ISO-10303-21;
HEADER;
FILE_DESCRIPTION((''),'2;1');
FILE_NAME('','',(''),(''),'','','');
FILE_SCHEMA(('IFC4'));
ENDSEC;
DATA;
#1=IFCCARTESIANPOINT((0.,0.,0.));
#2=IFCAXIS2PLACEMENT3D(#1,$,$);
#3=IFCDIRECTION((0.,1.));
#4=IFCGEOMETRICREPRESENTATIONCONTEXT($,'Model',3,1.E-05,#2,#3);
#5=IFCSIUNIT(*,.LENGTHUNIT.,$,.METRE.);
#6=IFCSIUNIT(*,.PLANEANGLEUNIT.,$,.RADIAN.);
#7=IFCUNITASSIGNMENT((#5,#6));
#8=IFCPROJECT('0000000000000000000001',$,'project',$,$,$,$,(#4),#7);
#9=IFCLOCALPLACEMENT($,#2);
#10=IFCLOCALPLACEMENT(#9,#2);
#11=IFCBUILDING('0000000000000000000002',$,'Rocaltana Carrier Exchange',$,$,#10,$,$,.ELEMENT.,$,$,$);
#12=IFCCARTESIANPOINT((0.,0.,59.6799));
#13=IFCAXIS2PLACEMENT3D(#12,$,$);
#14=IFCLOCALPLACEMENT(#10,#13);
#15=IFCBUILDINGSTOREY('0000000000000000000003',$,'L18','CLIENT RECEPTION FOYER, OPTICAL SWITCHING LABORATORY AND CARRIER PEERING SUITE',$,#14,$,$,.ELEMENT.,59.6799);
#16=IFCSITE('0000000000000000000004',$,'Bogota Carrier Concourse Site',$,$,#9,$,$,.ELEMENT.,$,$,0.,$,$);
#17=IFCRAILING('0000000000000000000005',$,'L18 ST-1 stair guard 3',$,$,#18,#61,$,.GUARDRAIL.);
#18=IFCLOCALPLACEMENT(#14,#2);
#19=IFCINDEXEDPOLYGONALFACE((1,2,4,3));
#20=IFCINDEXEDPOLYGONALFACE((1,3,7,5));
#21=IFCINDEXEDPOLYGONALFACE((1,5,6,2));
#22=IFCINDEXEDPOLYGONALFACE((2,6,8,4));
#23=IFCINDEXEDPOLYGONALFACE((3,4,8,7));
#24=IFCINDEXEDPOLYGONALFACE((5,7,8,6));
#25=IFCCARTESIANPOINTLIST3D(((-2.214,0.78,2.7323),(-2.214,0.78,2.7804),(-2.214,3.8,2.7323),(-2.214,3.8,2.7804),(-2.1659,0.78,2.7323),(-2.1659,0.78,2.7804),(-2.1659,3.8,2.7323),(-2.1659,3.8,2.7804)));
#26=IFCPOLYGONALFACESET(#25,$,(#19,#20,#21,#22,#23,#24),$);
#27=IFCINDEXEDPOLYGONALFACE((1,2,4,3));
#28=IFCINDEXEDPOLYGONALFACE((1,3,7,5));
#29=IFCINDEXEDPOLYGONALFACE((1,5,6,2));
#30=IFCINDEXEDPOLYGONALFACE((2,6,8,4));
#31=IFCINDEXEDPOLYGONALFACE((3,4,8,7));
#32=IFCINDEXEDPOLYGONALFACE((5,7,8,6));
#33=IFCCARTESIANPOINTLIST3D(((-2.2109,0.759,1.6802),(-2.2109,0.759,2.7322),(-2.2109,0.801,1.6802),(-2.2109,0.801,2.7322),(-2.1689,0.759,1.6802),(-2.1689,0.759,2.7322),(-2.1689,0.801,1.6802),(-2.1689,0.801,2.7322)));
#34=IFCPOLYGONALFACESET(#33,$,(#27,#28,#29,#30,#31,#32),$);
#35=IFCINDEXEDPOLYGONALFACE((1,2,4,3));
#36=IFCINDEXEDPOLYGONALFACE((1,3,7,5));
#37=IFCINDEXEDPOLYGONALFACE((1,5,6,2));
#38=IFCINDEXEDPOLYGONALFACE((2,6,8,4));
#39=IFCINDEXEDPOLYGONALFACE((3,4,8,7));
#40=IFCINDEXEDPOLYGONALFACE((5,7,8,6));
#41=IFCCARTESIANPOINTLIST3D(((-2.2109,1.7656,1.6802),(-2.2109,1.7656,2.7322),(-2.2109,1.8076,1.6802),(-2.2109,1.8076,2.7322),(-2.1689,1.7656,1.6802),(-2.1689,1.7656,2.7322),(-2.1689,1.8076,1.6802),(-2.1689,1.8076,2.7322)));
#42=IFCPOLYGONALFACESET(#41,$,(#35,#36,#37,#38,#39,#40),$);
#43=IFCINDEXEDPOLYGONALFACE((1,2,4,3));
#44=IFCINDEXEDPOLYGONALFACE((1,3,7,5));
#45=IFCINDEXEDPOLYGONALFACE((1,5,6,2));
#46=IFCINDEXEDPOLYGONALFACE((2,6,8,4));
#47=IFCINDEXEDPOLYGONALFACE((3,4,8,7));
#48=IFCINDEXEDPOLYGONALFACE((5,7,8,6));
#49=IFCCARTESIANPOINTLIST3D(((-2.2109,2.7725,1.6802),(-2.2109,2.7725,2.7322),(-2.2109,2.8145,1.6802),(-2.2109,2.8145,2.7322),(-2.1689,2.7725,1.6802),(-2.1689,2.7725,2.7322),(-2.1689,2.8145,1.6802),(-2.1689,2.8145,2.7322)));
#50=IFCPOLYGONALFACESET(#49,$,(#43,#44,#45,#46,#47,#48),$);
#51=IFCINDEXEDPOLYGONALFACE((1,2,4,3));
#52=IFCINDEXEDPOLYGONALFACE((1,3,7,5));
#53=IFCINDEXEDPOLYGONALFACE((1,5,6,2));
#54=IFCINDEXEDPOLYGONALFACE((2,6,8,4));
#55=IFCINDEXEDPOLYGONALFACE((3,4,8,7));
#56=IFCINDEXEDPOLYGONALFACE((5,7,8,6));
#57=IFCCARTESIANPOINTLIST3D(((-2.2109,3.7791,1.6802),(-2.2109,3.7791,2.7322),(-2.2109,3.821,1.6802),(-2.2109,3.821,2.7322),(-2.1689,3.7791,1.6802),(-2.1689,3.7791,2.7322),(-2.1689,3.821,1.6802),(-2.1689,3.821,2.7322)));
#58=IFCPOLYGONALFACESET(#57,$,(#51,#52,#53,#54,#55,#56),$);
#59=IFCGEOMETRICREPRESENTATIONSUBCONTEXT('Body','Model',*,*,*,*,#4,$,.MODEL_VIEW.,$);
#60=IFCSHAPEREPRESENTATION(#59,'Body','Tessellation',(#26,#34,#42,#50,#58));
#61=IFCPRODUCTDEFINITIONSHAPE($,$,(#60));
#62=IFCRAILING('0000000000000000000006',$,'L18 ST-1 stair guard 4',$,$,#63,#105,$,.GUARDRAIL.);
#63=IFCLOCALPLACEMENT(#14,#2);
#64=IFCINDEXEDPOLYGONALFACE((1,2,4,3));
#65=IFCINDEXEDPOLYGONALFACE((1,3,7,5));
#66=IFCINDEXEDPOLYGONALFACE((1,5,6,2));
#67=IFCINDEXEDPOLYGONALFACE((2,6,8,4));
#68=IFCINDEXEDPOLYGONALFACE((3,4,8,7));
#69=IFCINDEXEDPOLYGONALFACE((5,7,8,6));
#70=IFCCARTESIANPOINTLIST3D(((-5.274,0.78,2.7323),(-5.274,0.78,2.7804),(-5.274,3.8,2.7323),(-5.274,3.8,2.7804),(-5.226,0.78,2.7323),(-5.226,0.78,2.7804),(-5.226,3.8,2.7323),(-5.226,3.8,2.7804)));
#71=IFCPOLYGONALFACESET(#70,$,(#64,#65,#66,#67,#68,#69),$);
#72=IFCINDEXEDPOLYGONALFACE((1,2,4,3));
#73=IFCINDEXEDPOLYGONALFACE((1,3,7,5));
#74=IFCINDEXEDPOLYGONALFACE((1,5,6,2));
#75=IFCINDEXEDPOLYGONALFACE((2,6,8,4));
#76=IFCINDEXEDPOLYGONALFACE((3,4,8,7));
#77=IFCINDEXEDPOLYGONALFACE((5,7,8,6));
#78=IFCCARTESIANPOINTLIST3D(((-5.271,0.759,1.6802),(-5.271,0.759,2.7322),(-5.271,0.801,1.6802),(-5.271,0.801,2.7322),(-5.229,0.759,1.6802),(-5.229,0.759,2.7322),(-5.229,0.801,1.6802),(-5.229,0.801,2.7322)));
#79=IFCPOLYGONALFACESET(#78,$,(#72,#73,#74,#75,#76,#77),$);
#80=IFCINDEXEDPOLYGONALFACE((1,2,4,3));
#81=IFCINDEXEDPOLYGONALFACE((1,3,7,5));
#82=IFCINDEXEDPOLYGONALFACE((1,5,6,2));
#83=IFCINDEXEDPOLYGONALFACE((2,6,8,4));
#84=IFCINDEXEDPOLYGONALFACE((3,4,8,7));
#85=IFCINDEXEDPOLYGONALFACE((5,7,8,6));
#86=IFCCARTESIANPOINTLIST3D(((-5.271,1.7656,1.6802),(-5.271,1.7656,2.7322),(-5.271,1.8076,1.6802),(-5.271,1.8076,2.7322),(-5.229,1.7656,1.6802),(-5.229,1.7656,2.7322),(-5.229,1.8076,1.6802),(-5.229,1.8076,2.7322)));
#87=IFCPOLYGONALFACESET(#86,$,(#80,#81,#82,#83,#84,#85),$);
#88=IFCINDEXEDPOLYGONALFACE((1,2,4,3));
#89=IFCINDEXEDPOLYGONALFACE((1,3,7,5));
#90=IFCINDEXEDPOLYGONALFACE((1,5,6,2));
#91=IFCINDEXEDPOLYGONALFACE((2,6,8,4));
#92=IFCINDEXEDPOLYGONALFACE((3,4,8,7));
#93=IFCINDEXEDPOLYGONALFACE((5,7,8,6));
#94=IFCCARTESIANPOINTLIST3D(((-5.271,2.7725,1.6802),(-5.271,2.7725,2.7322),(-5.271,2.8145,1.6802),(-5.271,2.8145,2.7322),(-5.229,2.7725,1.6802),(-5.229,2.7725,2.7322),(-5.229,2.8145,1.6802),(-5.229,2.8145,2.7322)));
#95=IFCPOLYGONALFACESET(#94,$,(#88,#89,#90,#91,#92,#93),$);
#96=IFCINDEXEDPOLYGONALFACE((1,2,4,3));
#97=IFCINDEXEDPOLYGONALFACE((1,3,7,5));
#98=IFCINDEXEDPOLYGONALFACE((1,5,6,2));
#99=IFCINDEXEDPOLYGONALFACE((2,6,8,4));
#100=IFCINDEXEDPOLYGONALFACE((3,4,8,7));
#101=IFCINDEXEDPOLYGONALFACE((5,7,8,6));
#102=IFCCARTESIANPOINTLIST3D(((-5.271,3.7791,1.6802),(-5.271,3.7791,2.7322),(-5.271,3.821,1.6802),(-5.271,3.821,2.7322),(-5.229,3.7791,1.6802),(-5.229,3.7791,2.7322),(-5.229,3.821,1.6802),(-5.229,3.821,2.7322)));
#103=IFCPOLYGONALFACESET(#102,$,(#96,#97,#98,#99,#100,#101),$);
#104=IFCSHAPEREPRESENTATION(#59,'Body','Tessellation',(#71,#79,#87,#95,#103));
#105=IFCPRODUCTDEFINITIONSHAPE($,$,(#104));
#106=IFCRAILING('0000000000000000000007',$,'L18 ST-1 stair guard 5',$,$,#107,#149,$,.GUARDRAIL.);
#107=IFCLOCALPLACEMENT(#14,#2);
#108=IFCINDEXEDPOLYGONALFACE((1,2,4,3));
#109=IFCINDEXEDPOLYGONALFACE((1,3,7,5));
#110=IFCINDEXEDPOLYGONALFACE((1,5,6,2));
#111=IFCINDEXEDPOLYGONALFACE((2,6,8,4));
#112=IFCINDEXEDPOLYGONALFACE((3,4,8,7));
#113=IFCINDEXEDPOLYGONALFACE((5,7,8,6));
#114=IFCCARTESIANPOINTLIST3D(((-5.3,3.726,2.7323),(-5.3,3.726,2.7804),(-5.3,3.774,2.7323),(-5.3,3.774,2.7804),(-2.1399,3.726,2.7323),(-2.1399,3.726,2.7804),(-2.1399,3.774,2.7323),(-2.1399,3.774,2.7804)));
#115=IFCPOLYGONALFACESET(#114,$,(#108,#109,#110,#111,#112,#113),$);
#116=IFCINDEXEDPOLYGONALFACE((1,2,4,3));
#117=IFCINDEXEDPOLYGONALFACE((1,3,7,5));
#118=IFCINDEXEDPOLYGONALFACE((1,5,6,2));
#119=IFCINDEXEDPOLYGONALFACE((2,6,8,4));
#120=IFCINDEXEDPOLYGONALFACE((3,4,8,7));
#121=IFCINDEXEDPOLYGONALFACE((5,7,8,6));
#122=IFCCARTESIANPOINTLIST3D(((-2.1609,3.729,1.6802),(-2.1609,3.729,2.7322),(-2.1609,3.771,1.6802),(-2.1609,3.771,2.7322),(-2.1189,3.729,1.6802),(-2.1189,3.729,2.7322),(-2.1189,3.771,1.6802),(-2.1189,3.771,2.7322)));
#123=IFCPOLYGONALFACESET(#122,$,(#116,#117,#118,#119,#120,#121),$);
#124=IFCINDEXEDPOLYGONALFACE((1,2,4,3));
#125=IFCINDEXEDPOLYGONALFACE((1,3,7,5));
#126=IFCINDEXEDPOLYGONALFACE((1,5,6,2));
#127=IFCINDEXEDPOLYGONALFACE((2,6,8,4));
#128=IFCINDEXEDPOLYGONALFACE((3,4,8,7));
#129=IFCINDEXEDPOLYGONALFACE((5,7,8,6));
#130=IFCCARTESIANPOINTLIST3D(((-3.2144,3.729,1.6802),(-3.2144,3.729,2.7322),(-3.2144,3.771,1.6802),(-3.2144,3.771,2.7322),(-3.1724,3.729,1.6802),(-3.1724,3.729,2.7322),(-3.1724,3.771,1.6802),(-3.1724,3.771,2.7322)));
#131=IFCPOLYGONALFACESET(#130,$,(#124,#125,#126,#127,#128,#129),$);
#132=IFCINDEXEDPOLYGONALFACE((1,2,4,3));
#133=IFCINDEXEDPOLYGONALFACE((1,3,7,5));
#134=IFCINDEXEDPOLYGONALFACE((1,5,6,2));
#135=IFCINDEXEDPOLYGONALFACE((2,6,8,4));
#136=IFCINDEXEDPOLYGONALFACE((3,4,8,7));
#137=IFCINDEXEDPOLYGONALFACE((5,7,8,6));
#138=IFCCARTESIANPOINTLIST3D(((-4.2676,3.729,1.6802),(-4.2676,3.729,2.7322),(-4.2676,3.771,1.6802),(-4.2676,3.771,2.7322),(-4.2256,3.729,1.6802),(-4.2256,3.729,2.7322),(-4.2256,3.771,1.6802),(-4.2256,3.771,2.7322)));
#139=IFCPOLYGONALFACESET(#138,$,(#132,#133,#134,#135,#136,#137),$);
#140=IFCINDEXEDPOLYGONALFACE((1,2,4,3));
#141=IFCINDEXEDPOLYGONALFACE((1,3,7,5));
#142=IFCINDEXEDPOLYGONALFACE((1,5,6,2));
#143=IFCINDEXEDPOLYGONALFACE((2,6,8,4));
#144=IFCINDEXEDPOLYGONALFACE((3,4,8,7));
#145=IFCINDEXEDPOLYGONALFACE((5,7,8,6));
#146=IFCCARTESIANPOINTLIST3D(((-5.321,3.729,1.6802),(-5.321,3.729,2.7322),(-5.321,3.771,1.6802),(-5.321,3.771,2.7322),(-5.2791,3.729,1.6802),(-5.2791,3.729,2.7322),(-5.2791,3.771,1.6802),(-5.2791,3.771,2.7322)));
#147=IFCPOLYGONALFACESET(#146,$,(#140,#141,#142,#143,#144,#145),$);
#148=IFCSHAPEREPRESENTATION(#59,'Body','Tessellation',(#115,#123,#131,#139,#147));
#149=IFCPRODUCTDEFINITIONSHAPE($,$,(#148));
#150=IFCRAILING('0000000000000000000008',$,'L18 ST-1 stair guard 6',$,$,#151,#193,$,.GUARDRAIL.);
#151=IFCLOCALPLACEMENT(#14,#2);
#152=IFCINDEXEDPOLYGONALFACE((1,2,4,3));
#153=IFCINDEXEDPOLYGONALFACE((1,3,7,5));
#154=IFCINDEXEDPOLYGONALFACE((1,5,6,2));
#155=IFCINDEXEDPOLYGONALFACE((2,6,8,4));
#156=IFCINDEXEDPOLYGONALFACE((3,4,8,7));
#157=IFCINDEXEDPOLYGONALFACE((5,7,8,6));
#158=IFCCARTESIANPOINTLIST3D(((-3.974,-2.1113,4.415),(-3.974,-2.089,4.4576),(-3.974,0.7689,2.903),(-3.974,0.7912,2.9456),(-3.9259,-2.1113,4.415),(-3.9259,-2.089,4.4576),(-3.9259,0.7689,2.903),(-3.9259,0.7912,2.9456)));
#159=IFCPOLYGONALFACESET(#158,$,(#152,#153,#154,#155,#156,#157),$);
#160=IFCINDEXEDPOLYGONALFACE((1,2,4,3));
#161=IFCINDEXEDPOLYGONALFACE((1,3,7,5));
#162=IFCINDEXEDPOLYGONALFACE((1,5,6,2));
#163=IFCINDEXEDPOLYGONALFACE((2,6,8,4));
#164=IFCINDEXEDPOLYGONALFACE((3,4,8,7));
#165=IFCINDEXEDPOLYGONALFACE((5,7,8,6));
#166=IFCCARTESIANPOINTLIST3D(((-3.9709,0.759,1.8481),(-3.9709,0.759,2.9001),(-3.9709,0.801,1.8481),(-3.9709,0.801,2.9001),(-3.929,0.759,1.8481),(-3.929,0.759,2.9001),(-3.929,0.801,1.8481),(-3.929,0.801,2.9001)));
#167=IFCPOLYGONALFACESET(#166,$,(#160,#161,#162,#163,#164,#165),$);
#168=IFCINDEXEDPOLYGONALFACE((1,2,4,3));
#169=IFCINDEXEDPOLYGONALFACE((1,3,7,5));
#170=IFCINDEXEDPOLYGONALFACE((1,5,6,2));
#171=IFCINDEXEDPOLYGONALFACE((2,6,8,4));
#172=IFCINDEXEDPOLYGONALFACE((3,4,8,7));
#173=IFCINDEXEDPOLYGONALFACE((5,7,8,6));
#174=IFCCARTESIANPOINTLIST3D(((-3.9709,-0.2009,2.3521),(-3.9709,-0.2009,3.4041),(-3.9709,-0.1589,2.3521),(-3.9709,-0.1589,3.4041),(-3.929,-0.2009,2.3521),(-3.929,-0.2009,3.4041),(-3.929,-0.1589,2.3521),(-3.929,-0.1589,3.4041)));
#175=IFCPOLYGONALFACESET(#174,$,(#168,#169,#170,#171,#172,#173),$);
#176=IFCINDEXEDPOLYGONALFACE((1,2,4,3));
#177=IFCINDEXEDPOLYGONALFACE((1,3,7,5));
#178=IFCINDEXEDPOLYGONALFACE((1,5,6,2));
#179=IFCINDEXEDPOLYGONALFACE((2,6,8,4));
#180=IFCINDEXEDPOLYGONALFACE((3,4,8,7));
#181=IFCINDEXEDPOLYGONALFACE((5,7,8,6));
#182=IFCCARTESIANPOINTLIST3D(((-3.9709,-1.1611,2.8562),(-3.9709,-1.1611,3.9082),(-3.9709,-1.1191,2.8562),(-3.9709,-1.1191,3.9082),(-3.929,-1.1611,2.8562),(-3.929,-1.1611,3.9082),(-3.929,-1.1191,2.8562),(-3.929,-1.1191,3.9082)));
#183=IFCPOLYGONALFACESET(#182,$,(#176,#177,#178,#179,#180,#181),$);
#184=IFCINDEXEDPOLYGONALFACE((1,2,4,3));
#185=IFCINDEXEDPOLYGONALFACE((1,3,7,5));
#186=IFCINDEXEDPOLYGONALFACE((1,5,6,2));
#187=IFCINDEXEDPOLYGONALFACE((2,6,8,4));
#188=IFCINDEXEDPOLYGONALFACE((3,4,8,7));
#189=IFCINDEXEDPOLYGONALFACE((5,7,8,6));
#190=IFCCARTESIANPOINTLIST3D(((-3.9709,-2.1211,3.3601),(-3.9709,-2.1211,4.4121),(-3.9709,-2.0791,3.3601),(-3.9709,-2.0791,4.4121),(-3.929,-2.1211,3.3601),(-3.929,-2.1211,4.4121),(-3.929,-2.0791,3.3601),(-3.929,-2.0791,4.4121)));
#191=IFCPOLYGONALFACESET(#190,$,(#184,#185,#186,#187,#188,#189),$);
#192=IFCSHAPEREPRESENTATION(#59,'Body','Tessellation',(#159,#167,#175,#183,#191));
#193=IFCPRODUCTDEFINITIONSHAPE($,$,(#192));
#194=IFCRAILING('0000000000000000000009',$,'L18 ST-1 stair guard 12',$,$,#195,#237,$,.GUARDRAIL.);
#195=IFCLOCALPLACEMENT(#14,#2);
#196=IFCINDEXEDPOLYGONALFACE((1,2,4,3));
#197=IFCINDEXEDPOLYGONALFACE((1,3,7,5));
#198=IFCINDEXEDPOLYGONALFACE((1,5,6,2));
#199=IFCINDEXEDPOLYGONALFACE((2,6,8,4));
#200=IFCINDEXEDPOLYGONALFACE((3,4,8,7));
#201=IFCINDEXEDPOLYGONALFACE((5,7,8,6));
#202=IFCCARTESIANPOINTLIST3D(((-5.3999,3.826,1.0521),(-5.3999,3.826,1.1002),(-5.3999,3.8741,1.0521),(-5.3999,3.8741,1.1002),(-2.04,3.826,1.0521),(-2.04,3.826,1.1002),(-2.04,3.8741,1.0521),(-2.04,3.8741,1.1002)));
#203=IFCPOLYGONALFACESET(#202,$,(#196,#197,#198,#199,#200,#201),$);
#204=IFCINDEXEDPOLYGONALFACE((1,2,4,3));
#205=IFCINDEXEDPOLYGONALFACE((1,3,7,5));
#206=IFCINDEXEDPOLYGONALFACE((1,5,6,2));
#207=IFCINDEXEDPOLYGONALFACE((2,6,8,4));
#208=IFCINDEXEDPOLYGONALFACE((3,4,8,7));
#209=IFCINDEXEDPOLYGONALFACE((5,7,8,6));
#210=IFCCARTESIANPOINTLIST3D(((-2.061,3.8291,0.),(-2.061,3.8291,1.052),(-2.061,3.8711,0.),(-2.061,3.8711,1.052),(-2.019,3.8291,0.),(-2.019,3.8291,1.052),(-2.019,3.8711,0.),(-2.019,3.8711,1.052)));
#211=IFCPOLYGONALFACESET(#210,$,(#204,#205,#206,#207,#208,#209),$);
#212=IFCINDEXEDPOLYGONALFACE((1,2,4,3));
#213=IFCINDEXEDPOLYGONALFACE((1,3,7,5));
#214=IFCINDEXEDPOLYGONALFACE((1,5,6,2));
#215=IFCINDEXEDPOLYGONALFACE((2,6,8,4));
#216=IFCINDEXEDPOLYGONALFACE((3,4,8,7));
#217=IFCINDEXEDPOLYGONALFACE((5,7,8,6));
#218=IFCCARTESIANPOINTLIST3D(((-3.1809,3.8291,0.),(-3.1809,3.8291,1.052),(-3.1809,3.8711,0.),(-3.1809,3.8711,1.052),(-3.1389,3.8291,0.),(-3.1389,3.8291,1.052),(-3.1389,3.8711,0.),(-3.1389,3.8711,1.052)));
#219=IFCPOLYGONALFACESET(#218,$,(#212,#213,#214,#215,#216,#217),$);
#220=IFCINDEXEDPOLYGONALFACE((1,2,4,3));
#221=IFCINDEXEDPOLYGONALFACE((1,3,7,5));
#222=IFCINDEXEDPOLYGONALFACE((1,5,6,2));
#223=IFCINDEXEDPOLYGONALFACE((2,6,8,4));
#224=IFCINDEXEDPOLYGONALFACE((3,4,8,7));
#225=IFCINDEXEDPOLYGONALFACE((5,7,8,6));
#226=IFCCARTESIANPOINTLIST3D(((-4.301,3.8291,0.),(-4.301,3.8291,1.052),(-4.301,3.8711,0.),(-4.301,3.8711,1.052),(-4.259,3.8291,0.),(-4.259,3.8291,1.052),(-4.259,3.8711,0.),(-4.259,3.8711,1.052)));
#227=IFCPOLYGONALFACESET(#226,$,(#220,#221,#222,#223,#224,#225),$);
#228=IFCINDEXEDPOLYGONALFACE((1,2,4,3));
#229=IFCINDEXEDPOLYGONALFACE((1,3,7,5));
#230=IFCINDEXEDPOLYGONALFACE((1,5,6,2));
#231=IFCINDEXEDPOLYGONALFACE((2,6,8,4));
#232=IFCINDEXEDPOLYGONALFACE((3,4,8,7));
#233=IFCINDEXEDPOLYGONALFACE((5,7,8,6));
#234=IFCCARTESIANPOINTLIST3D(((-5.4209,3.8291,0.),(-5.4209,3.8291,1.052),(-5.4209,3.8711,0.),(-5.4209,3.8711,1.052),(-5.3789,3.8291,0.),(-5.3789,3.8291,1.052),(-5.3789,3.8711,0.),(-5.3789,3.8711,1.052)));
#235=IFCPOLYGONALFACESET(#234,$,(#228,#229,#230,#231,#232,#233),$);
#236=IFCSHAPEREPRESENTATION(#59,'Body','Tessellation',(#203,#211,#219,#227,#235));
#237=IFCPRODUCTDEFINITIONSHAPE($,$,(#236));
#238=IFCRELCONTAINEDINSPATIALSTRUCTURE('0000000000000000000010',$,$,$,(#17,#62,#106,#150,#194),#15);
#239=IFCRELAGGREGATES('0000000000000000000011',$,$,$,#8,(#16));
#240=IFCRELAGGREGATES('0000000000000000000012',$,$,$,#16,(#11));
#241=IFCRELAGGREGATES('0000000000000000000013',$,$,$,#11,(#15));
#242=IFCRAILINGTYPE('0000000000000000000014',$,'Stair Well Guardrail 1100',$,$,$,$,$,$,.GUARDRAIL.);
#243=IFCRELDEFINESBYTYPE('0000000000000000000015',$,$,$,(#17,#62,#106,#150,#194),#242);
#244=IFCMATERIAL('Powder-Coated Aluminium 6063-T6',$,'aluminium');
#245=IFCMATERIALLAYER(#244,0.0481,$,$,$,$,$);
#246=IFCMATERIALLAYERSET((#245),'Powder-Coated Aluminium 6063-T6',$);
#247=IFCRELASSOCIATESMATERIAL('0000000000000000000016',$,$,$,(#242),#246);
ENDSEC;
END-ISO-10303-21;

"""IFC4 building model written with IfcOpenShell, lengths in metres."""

from ifc_helpers import new_model, si_unit, direction, frame, origin, origin_2d, place, context, subcontext, project, spatial, rectangle, extrude, material, layer, layer_set, type_object, element, save


model = new_model("IFC4")

# Units and contexts
model_context = context("Model", 3, precision=1e-05, world=origin(), true_north=direction((0.0, 1.0)))
body_context = subcontext(model_context, "Body", "Model", "MODEL_VIEW")
ifc_project = project(units=[si_unit("LENGTHUNIT", "METRE"), si_unit("PLANEANGLEUNIT", "RADIAN")], contexts=[model_context])

# Site, building, storey
site_placement = place(None, origin())
site = spatial("IfcSite", under=ifc_project, at=site_placement, Name="Bogota Carrier Concourse Site", CompositionType="ELEMENT", RefElevation=0.0)
building_placement = place(site_placement, origin())
building = spatial("IfcBuilding", under=site, at=building_placement, Name="Rocaltana Carrier Exchange", CompositionType="ELEMENT")
storey_placement = place(building_placement, frame((0.0, 0.0, 59.6799)))
storey = spatial("IfcBuildingStorey", under=building, at=storey_placement, Name="L18", Description="CLIENT RECEPTION FOYER, OPTICAL SWITCHING LABORATORY AND CARRIER PEERING SUITE", CompositionType="ELEMENT", Elevation=59.6799)

# Railings
ifc_material_1 = material(Name="Powder-Coated Aluminium 6063-T6", Category="aluminium")
ifc_layer_1 = layer(ifc_material_1, 0.0481)
ifc_layer_set_1 = layer_set([ifc_layer_1], Name="Powder-Coated Aluminium 6063-T6")
railing_type_1 = type_object("IfcRailingType", Name="Stair Well Guardrail 1100", PredefinedType="GUARDRAIL", material=ifc_layer_set_1)
for number, where, name in (
    (1, (-2.1899, 0.78, 1.6802), "L18 ST-1 stair guard 3"),
    (2, (-5.25, 0.78, 1.6802), "L18 ST-1 stair guard 4"),
):
    element("IfcRailing", number, at=place(storey_placement, frame(where)), inside=storey, type_object=railing_type_1, Name=name, PredefinedType="GUARDRAIL", context=body_context, shape_type="SweptSolid", body=[
        extrude(rectangle(XDim=0.0481, YDim=0.0481, at=origin_2d()), frame((0.0, 0.0, 1.0762), z_axis=(0.0, 1.0, 0.0), x_axis=(-1.0, 0.0, 0.0)), (0.0, 0.0, 1.0), 3.02),
        extrude(rectangle(XDim=0.042, YDim=0.042, at=origin_2d()), origin(), (0.0, 0.0, 1.0), 1.052),
        extrude(rectangle(XDim=0.042, YDim=0.042, at=origin_2d()), frame((0.0, 1.0066, 0.0)), (0.0, 0.0, 1.0), 1.052),
        extrude(rectangle(XDim=0.042, YDim=0.042, at=origin_2d()), frame((0.0, 2.0134, 0.0)), (0.0, 0.0, 1.0), 1.052),
        extrude(rectangle(XDim=0.042, YDim=0.042, at=origin_2d()), frame((0.0, 3.02, 0.0)), (0.0, 0.0, 1.0), 1.052),
    ])
railing_1_placement = place(storey_placement, frame((-2.1399, 3.75, 1.6802)))
element("IfcRailing", 3, at=railing_1_placement, inside=storey, type_object=railing_type_1, Name="L18 ST-1 stair guard 5", PredefinedType="GUARDRAIL", context=body_context, shape_type="SweptSolid", body=[
    extrude(rectangle(XDim=0.0481, YDim=0.0481, at=origin_2d()), frame((0.0, 0.0, 1.0762), z_axis=(-1.0, 0.0, 0.0), x_axis=(0.0, -1.0, 0.0)), (0.0, 0.0, 1.0), 3.1602),
    extrude(rectangle(XDim=0.042, YDim=0.042, at=origin_2d()), origin(), (0.0, 0.0, 1.0), 1.052),
    extrude(rectangle(XDim=0.042, YDim=0.042, at=origin_2d()), frame((-1.0535, 0.0, 0.0)), (0.0, 0.0, 1.0), 1.052),
    extrude(rectangle(XDim=0.042, YDim=0.042, at=origin_2d()), frame((-2.1067, 0.0, 0.0)), (0.0, 0.0, 1.0), 1.052),
    extrude(rectangle(XDim=0.042, YDim=0.042, at=origin_2d()), frame((-3.1602, 0.0, 0.0)), (0.0, 0.0, 1.0), 1.052),
])
railing_2_placement = place(storey_placement, frame((-3.95, 0.78, 1.8481)))
element("IfcRailing", 4, at=railing_2_placement, inside=storey, type_object=railing_type_1, Name="L18 ST-1 stair guard 6", PredefinedType="GUARDRAIL", context=body_context, shape_type="SweptSolid", body=[
    extrude(rectangle(XDim=0.0481, YDim=0.0481, at=origin_2d()), frame((0.0, 0.0, 1.0762), z_axis=(0.0, -0.885411, 0.464809), x_axis=(1.0, 0.0, 0.0)), (0.0, 0.0, 1.0), 3.2529),
    extrude(rectangle(XDim=0.042, YDim=0.042, at=origin_2d()), origin(), (0.0, 0.0, 1.0), 1.052),
    extrude(rectangle(XDim=0.042, YDim=0.042, at=origin_2d()), frame((0.0, -0.96, 0.5039)), (0.0, 0.0, 1.0), 1.052),
    extrude(rectangle(XDim=0.042, YDim=0.042, at=origin_2d()), frame((0.0, -1.9202, 1.0081)), (0.0, 0.0, 1.0), 1.052),
    extrude(rectangle(XDim=0.042, YDim=0.042, at=origin_2d()), frame((0.0, -2.8801, 1.512)), (0.0, 0.0, 1.0), 1.052),
])
railing_3_placement = place(storey_placement, frame((-2.04, 3.8501, 0.0)))
element("IfcRailing", 5, at=railing_3_placement, inside=storey, type_object=railing_type_1, Name="L18 ST-1 stair guard 12", PredefinedType="GUARDRAIL", context=body_context, shape_type="SweptSolid", body=[
    extrude(rectangle(XDim=0.0481, YDim=0.0481, at=origin_2d()), frame((0.0, 0.0, 1.0762), z_axis=(-1.0, 0.0, 0.0), x_axis=(0.0, -1.0, 0.0)), (0.0, 0.0, 1.0), 3.3599),
    extrude(rectangle(XDim=0.042, YDim=0.042, at=origin_2d()), origin(), (0.0, 0.0, 1.0), 1.052),
    extrude(rectangle(XDim=0.042, YDim=0.042, at=origin_2d()), frame((-1.1199, 0.0, 0.0)), (0.0, 0.0, 1.0), 1.052),
    extrude(rectangle(XDim=0.042, YDim=0.042, at=origin_2d()), frame((-2.24, 0.0, 0.0)), (0.0, 0.0, 1.0), 1.052),
    extrude(rectangle(XDim=0.042, YDim=0.042, at=origin_2d()), frame((-3.3599, 0.0, 0.0)), (0.0, 0.0, 1.0), 1.052),
])

save(model, "model.ifc")
